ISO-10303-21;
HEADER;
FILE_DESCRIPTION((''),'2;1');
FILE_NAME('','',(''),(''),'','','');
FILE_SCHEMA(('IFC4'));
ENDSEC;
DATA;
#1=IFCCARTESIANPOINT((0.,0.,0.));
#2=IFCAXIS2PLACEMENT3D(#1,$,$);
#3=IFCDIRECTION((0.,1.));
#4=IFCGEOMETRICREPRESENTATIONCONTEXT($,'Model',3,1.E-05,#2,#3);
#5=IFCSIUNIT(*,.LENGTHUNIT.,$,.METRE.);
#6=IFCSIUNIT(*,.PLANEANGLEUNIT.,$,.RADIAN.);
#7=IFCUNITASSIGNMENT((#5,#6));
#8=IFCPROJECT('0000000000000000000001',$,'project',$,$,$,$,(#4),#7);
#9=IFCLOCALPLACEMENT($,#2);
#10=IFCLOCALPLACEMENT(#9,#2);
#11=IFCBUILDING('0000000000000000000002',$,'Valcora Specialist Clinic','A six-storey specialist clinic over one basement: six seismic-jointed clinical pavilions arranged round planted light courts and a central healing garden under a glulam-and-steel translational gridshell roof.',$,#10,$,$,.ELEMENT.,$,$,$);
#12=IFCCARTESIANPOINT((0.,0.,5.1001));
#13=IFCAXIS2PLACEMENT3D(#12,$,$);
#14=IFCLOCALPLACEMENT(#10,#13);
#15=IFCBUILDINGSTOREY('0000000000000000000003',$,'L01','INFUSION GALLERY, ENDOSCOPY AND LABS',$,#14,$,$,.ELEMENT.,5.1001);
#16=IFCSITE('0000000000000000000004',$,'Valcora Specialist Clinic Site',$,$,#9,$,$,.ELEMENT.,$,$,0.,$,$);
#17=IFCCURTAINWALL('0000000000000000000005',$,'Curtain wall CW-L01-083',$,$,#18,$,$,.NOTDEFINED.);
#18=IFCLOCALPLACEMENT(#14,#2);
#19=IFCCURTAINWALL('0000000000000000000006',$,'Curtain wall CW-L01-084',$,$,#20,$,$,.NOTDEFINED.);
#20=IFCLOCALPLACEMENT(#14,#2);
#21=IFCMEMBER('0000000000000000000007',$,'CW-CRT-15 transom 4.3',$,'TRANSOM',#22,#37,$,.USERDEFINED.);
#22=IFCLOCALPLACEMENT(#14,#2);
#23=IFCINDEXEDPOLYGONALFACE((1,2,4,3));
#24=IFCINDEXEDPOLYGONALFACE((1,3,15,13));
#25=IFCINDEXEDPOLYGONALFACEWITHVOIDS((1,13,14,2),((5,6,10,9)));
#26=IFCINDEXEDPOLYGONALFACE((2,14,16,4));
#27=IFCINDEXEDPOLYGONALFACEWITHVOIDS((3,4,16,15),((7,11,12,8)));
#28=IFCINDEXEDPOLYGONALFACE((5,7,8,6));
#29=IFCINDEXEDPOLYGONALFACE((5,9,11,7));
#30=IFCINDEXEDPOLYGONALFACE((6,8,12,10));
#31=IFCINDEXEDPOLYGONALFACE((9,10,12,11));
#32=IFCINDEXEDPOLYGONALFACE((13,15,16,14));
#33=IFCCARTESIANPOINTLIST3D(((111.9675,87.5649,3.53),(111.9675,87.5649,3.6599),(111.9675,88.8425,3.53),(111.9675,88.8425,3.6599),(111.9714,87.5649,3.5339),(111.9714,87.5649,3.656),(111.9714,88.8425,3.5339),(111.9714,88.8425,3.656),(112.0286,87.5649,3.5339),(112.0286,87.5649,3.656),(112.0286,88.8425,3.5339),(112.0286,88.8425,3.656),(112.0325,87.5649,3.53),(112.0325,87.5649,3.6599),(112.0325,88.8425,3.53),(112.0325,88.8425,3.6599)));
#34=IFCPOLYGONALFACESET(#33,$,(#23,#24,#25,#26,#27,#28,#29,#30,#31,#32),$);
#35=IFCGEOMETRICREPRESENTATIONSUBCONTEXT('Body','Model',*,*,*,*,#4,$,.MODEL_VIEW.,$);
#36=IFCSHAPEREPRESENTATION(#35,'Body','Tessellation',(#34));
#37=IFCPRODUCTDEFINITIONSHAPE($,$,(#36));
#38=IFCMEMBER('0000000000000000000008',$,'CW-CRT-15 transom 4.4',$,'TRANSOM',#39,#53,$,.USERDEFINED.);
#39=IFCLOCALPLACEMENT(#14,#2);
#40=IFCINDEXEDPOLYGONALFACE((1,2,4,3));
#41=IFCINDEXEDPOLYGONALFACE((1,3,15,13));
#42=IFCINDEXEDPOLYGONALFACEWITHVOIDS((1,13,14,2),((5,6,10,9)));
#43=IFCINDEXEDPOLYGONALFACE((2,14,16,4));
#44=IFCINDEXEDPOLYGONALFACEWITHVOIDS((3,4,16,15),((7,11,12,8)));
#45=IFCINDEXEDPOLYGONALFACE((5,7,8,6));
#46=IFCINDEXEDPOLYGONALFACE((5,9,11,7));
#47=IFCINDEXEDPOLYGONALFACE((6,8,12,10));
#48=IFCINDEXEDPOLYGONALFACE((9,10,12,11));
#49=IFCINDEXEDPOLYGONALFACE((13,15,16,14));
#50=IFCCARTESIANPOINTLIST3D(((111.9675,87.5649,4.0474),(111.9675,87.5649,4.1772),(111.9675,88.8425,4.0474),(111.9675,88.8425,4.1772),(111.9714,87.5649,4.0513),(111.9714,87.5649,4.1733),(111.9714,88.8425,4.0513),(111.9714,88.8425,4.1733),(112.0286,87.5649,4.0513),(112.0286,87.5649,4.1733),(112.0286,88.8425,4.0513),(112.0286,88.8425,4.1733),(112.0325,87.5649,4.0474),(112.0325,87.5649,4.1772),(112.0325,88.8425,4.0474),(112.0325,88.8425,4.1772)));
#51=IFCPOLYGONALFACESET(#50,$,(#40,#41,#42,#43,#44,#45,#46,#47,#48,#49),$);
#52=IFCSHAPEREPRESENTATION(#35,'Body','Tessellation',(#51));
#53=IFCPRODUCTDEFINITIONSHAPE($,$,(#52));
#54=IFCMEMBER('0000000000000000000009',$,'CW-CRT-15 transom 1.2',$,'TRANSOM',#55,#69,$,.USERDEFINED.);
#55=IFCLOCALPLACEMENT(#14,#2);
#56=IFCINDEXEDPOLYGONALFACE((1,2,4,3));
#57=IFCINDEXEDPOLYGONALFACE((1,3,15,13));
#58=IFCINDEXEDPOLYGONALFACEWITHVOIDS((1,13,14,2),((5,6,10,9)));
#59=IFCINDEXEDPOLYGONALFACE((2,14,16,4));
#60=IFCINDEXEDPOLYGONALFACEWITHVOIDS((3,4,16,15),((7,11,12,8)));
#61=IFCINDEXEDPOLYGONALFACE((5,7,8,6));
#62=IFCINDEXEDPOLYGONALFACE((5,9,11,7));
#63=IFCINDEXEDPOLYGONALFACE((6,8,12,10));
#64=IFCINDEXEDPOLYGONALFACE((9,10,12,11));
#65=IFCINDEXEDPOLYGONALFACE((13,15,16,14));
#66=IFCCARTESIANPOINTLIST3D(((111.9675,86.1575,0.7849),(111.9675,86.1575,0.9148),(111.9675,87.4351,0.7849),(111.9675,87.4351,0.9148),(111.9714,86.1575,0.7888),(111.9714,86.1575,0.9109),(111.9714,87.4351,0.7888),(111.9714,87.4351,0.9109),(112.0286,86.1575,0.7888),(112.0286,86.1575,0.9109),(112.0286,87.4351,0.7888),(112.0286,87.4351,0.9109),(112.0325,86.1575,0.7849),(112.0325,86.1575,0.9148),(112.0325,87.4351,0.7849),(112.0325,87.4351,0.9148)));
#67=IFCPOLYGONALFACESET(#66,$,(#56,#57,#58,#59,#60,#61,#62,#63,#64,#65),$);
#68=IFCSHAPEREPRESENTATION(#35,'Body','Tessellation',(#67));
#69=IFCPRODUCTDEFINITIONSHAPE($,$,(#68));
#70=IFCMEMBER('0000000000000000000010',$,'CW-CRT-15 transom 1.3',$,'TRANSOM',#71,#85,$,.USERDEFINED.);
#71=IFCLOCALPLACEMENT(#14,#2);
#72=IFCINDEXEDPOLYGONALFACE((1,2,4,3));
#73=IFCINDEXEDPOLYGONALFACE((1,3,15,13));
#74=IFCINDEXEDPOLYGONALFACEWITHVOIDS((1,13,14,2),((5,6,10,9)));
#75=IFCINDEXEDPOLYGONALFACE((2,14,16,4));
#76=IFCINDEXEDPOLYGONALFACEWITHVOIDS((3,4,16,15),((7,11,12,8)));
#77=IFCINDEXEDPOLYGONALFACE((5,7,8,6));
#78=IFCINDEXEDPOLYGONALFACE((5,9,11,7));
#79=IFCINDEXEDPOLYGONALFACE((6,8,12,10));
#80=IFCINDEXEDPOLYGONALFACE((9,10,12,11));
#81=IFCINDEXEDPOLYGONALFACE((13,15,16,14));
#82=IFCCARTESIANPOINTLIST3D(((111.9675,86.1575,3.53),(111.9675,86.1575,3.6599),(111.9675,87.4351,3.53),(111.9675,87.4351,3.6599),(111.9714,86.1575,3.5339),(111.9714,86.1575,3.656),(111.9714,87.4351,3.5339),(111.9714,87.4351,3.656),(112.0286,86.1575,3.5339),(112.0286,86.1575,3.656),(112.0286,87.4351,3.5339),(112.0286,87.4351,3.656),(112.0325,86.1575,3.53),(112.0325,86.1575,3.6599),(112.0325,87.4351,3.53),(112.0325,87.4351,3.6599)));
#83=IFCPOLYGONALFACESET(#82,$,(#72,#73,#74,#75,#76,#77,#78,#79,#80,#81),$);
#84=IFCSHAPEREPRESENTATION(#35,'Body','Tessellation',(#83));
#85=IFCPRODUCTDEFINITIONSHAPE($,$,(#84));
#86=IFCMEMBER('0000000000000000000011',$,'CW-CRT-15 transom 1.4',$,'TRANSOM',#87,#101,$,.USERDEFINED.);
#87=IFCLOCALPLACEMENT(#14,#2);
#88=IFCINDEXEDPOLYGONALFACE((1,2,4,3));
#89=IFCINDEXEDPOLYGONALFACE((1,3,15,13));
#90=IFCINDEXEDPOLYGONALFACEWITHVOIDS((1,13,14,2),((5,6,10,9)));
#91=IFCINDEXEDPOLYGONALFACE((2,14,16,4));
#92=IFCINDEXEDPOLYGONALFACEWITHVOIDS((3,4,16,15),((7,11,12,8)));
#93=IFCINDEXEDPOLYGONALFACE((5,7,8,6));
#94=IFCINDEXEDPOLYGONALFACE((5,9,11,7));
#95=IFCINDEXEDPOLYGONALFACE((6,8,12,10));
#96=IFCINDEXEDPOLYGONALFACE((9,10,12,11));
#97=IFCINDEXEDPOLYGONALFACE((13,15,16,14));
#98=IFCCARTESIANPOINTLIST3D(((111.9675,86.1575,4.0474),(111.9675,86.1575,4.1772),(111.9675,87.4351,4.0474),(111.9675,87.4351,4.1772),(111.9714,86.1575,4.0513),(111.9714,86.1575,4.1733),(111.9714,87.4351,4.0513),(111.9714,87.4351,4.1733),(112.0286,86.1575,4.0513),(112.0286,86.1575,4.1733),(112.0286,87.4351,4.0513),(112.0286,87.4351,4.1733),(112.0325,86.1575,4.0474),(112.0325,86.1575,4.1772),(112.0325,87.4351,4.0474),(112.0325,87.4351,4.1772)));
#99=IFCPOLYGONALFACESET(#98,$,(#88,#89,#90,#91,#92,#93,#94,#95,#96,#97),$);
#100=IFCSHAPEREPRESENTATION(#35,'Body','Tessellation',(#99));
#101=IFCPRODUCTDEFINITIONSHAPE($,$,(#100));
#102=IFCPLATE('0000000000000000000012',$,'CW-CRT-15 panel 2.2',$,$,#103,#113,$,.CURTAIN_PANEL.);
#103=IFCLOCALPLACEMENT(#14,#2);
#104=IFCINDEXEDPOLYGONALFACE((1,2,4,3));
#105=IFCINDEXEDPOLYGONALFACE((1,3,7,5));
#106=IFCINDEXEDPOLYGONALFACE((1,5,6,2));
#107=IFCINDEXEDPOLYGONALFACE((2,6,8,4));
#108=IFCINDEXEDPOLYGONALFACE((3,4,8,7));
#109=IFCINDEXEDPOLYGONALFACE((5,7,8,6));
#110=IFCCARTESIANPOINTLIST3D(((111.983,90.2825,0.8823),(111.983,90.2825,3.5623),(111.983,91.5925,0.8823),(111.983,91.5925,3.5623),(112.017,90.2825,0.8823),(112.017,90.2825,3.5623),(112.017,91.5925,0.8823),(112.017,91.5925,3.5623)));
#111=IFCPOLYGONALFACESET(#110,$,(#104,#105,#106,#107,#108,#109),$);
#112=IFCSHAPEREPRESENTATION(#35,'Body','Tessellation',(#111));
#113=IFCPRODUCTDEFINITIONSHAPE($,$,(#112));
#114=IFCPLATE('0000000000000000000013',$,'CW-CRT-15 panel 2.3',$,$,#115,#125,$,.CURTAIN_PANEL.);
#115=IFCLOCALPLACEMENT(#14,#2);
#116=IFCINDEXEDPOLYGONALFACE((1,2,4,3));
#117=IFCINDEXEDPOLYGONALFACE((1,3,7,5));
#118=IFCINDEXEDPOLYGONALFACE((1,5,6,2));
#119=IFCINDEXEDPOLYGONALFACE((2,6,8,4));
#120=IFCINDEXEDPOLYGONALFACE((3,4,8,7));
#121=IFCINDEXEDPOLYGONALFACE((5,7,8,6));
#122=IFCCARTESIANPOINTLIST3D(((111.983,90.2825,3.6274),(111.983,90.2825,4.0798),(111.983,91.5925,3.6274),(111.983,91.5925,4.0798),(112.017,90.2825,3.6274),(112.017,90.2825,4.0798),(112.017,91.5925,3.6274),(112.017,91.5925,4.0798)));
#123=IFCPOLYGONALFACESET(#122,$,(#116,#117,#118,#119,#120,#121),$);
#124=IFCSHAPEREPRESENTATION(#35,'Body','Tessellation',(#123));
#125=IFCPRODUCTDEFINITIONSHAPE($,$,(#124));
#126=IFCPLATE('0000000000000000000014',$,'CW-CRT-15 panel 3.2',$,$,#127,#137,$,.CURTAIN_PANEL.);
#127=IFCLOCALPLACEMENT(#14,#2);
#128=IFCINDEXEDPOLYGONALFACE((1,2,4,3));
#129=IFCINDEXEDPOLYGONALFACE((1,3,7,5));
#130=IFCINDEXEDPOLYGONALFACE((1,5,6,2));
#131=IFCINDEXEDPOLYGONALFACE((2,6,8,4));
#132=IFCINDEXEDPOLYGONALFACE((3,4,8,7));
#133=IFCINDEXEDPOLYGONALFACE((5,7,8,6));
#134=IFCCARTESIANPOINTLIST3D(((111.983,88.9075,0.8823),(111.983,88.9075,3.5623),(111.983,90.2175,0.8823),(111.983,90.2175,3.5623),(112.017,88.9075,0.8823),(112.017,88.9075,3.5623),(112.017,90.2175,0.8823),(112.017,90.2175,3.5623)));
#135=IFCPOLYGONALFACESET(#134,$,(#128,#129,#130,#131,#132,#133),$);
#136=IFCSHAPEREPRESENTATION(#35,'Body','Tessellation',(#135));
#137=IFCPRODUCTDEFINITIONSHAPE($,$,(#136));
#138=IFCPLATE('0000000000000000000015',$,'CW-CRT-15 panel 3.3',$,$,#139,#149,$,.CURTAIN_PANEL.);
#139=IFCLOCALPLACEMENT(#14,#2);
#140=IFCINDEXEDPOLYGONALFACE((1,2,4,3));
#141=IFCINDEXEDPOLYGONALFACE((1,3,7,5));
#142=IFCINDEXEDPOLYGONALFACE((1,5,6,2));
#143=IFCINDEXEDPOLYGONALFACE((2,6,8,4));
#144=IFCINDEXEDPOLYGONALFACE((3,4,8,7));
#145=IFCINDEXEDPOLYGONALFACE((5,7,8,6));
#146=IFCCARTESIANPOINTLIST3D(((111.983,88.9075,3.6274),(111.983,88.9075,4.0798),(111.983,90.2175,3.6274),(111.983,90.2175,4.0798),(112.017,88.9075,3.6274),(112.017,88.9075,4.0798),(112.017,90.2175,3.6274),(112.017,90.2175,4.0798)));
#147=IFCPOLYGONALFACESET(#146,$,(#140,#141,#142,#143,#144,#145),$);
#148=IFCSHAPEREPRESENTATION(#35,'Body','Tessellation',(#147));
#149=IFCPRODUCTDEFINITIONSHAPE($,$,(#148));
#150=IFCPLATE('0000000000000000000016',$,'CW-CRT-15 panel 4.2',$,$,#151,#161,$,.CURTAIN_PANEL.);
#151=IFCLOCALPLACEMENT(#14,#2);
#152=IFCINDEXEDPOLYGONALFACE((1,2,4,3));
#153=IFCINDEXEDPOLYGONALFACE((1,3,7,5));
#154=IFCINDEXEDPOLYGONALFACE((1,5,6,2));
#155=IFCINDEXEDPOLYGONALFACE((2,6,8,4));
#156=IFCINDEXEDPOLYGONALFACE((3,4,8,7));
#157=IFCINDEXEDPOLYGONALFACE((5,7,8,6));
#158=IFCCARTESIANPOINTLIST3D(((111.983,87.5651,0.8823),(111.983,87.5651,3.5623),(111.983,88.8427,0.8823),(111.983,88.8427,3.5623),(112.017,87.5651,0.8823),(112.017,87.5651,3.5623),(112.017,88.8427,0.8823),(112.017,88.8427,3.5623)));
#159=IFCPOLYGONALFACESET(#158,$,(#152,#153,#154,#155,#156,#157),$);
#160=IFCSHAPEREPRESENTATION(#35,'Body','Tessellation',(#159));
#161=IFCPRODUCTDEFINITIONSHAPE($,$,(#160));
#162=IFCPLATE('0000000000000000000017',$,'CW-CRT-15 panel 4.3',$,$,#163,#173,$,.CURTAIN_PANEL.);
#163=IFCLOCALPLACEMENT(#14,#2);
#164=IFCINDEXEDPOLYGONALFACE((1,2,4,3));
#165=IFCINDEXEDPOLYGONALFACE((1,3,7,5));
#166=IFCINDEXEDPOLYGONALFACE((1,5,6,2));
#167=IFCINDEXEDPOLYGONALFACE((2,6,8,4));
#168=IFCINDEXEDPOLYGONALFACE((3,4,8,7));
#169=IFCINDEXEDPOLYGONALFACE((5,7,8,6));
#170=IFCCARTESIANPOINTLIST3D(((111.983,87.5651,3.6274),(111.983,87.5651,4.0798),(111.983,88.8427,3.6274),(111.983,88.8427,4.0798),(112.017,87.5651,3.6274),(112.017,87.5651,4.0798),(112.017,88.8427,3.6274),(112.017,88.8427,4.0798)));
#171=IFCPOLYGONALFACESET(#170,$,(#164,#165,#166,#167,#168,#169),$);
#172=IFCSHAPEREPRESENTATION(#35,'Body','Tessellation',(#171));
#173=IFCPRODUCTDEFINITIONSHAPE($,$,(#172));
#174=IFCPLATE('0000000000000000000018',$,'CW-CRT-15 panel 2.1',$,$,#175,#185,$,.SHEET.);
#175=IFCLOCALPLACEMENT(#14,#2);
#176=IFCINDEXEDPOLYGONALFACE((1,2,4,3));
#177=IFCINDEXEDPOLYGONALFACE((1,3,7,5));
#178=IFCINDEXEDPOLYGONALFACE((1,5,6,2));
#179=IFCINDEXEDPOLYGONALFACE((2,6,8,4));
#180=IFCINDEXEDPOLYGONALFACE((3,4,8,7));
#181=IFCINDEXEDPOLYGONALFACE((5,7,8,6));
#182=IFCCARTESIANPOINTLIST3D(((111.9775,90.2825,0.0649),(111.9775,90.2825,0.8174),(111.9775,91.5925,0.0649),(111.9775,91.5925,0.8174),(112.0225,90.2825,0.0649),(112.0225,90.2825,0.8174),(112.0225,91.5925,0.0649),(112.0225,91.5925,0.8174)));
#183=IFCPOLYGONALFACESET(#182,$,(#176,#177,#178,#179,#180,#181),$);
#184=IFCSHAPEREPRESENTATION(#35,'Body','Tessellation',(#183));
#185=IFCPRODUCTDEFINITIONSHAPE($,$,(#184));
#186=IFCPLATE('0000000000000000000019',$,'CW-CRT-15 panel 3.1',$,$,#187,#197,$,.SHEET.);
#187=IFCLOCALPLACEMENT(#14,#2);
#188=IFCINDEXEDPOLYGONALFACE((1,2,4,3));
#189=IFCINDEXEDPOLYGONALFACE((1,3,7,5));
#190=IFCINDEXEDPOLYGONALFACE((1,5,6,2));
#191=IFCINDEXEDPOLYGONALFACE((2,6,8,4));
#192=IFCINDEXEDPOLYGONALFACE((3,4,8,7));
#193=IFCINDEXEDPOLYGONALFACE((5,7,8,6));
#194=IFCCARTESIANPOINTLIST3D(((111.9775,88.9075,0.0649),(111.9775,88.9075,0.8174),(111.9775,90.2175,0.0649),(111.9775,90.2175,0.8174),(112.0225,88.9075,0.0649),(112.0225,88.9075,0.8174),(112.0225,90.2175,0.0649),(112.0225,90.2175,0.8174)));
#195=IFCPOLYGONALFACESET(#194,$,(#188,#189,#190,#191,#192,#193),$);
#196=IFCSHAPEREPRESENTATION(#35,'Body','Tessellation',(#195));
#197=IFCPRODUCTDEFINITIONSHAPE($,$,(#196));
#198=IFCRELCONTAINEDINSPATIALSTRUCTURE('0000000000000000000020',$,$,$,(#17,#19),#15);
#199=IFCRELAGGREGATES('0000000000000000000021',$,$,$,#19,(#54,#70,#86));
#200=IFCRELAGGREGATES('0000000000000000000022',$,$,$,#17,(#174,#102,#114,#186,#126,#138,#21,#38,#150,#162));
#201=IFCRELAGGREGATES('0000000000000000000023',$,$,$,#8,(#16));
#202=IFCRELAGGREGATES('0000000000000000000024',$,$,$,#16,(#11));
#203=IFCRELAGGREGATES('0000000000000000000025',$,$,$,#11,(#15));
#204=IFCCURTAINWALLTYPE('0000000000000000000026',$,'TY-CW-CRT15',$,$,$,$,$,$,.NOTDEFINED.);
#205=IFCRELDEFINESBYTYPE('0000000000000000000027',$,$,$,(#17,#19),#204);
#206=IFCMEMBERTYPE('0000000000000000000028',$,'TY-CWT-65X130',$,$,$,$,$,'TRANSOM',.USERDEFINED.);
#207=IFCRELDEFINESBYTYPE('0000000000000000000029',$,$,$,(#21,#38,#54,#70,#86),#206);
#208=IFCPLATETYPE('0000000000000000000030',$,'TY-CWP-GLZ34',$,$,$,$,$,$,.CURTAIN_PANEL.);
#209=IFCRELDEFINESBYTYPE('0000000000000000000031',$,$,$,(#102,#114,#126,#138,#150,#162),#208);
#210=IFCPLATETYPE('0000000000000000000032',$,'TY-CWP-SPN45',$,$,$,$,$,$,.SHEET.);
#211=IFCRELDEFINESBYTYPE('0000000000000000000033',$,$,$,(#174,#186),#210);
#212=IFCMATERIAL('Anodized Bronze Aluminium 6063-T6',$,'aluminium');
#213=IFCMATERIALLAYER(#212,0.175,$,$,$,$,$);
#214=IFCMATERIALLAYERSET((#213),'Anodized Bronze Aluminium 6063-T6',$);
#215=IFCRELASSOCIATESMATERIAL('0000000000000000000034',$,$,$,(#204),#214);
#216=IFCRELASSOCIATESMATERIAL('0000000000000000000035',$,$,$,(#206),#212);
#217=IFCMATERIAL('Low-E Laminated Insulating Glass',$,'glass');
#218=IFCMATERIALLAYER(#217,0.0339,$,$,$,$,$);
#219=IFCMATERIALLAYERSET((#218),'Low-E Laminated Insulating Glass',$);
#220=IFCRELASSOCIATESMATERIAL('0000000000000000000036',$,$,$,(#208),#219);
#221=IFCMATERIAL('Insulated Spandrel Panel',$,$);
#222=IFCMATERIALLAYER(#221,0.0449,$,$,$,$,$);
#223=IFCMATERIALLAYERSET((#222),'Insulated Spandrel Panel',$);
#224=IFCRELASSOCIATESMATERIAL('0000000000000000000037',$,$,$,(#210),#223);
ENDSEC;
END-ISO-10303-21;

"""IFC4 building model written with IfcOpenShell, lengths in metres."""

from ifc_helpers import new_model, si_unit, direction, frame, origin, origin_2d, place, context, subcontext, project, spatial, rectangle, hollow_rectangle, extrude, material, layer, layer_set, material_profile, profile_set, type_object, element, aggregate, save


model = new_model("IFC4")

# Units and contexts
model_context = context("Model", 3, precision=1e-05, world=origin(), true_north=direction((0.0, 1.0)))
body_context = subcontext(model_context, "Body", "Model", "MODEL_VIEW")
ifc_project = project(units=[si_unit("LENGTHUNIT", "METRE"), si_unit("PLANEANGLEUNIT", "RADIAN")], contexts=[model_context])

# Site, building, storey
site_placement = place(None, origin())
site = spatial("IfcSite", under=ifc_project, at=site_placement, Name="Valcora Specialist Clinic Site", CompositionType="ELEMENT", RefElevation=0.0)
building_placement = place(site_placement, origin())
building = spatial("IfcBuilding", under=site, at=building_placement, Name="Valcora Specialist Clinic", Description="A six-storey specialist clinic over one basement: six seismic-jointed clinical pavilions arranged round planted light courts and a central healing garden under a glulam-and-steel translational gridshell roof.", CompositionType="ELEMENT")
storey_placement = place(building_placement, frame((0.0, 0.0, 5.1001)))
storey = spatial("IfcBuildingStorey", under=building, at=storey_placement, Name="L01", Description="INFUSION GALLERY, ENDOSCOPY AND LABS", CompositionType="ELEMENT", Elevation=5.1001)

# Curtain wall
ifc_material_1 = material(Name="Anodized Bronze Aluminium 6063-T6", Category="aluminium")
ifc_layer_1 = layer(ifc_material_1, 0.175)
ifc_layer_set_1 = layer_set([ifc_layer_1], Name="Anodized Bronze Aluminium 6063-T6")
curtain_wall_type = type_object("IfcCurtainWallType", Name="TY-CW-CRT15", PredefinedType="NOTDEFINED", material=ifc_layer_set_1)
curtain_wall_1_placement = place(storey_placement, origin())
curtain_wall_1 = element("IfcCurtainWall", 1, at=curtain_wall_1_placement, inside=storey, type_object=curtain_wall_type, Name="Curtain wall CW-L01-083", PredefinedType="NOTDEFINED")

# Curtain wall
curtain_wall_2_placement = place(storey_placement, origin())
curtain_wall_2 = element("IfcCurtainWall", 2, at=curtain_wall_2_placement, inside=storey, type_object=curtain_wall_type, Name="Curtain wall CW-L01-084", PredefinedType="NOTDEFINED")

# Members
ifc_material_profile_1 = material_profile(ifc_material_1, hollow_rectangle(XDim=0.0649, YDim=0.1299, WallThickness=0.0039, at=origin_2d()), Name="AL-TRN-65X130")
ifc_profile_set_1 = profile_set([ifc_material_profile_1], Name="Anodized Bronze Aluminium 6063-T6")
member_type_1 = type_object("IfcMemberType", Name="TY-CWT-65X130", ElementType="TRANSOM", PredefinedType="USERDEFINED", material=ifc_profile_set_1)
member_1_placement = place(storey_placement, frame((112.0, 88.8425, 3.595), z_axis=(0.0, -1.0, 0.0), x_axis=(1.0, 0.0, 0.0)))
member_1 = element("IfcMember", 3, at=member_1_placement, type_object=member_type_1, Name="CW-CRT-15 transom 4.3", ObjectType="TRANSOM", PredefinedType="USERDEFINED", context=body_context, shape_type="SweptSolid", body=[
    extrude(hollow_rectangle(XDim=0.0649, YDim=0.1299, WallThickness=0.0039, at=origin_2d()), origin(), (0.0, 0.0, 1.0), 1.2776),
])
member_2_placement = place(storey_placement, frame((112.0, 88.8425, 4.1123), z_axis=(0.0, -1.0, 0.0), x_axis=(1.0, 0.0, 0.0)))
member_2 = element("IfcMember", 4, at=member_2_placement, type_object=member_type_1, Name="CW-CRT-15 transom 4.4", ObjectType="TRANSOM", PredefinedType="USERDEFINED", context=body_context, shape_type="SweptSolid", body=[
    extrude(hollow_rectangle(XDim=0.0649, YDim=0.1299, WallThickness=0.0039, at=origin_2d()), origin(), (0.0, 0.0, 1.0), 1.2776),
])
member_3_placement = place(storey_placement, frame((112.0, 87.4351, 0.8499), z_axis=(0.0, -1.0, 0.0), x_axis=(1.0, 0.0, 0.0)))
member_3 = element("IfcMember", 5, at=member_3_placement, type_object=member_type_1, Name="CW-CRT-15 transom 1.2", ObjectType="TRANSOM", PredefinedType="USERDEFINED", context=body_context, shape_type="SweptSolid", body=[
    extrude(hollow_rectangle(XDim=0.0649, YDim=0.1299, WallThickness=0.0039, at=origin_2d()), origin(), (0.0, 0.0, 1.0), 1.2776),
])
member_4_placement = place(storey_placement, frame((112.0, 87.4351, 3.595), z_axis=(0.0, -1.0, 0.0), x_axis=(1.0, 0.0, 0.0)))
member_4 = element("IfcMember", 6, at=member_4_placement, type_object=member_type_1, Name="CW-CRT-15 transom 1.3", ObjectType="TRANSOM", PredefinedType="USERDEFINED", context=body_context, shape_type="SweptSolid", body=[
    extrude(hollow_rectangle(XDim=0.0649, YDim=0.1299, WallThickness=0.0039, at=origin_2d()), origin(), (0.0, 0.0, 1.0), 1.2776),
])
member_5_placement = place(storey_placement, frame((112.0, 87.4351, 4.1123), z_axis=(0.0, -1.0, 0.0), x_axis=(1.0, 0.0, 0.0)))
member_5 = element("IfcMember", 7, at=member_5_placement, type_object=member_type_1, Name="CW-CRT-15 transom 1.4", ObjectType="TRANSOM", PredefinedType="USERDEFINED", context=body_context, shape_type="SweptSolid", body=[
    extrude(hollow_rectangle(XDim=0.0649, YDim=0.1299, WallThickness=0.0039, at=origin_2d()), origin(), (0.0, 0.0, 1.0), 1.2776),
])
aggregate(curtain_wall_2, [member_3, member_4, member_5])

# Plates
ifc_material_2 = material(Name="Low-E Laminated Insulating Glass", Category="glass")
ifc_layer_2 = layer(ifc_material_2, 0.0339)
ifc_layer_set_2 = layer_set([ifc_layer_2], Name="Low-E Laminated Insulating Glass")
plate_type_1 = type_object("IfcPlateType", Name="TY-CWP-GLZ34", PredefinedType="CURTAIN_PANEL", material=ifc_layer_set_2)
plate_1_placement = place(storey_placement, frame((112.0, 90.9375, 0.8823), z_axis=(0.0, 0.0, 1.0), x_axis=(0.0, -1.0, 0.0)))
plate_1 = element("IfcPlate", 8, at=plate_1_placement, type_object=plate_type_1, Name="CW-CRT-15 panel 2.2", PredefinedType="CURTAIN_PANEL", context=body_context, shape_type="SweptSolid", body=[
    extrude(rectangle(XDim=1.3101, YDim=0.0339, at=origin_2d()), origin(), (0.0, 0.0, 1.0), 2.6799),
])
plate_2_placement = place(storey_placement, frame((112.0, 90.9375, 3.6274), z_axis=(0.0, 0.0, 1.0), x_axis=(0.0, -1.0, 0.0)))
plate_2 = element("IfcPlate", 9, at=plate_2_placement, type_object=plate_type_1, Name="CW-CRT-15 panel 2.3", PredefinedType="CURTAIN_PANEL", context=body_context, shape_type="SweptSolid", body=[
    extrude(rectangle(XDim=1.3101, YDim=0.0339, at=origin_2d()), origin(), (0.0, 0.0, 1.0), 0.4524),
])
plate_3_placement = place(storey_placement, frame((112.0, 89.5625, 0.8823), z_axis=(0.0, 0.0, 1.0), x_axis=(0.0, -1.0, 0.0)))
plate_3 = element("IfcPlate", 10, at=plate_3_placement, type_object=plate_type_1, Name="CW-CRT-15 panel 3.2", PredefinedType="CURTAIN_PANEL", context=body_context, shape_type="SweptSolid", body=[
    extrude(rectangle(XDim=1.3101, YDim=0.0339, at=origin_2d()), origin(), (0.0, 0.0, 1.0), 2.6799),
])
plate_4_placement = place(storey_placement, frame((112.0, 89.5625, 3.6274), z_axis=(0.0, 0.0, 1.0), x_axis=(0.0, -1.0, 0.0)))
plate_4 = element("IfcPlate", 11, at=plate_4_placement, type_object=plate_type_1, Name="CW-CRT-15 panel 3.3", PredefinedType="CURTAIN_PANEL", context=body_context, shape_type="SweptSolid", body=[
    extrude(rectangle(XDim=1.3101, YDim=0.0339, at=origin_2d()), origin(), (0.0, 0.0, 1.0), 0.4524),
])
plate_5_placement = place(storey_placement, frame((112.0, 88.2039, 0.8823), z_axis=(0.0, 0.0, 1.0), x_axis=(0.0, -1.0, 0.0)))
plate_5 = element("IfcPlate", 12, at=plate_5_placement, type_object=plate_type_1, Name="CW-CRT-15 panel 4.2", PredefinedType="CURTAIN_PANEL", context=body_context, shape_type="SweptSolid", body=[
    extrude(rectangle(XDim=1.2776, YDim=0.0339, at=origin_2d()), origin(), (0.0, 0.0, 1.0), 2.6799),
])
plate_6_placement = place(storey_placement, frame((112.0, 88.2039, 3.6274), z_axis=(0.0, 0.0, 1.0), x_axis=(0.0, -1.0, 0.0)))
plate_6 = element("IfcPlate", 13, at=plate_6_placement, type_object=plate_type_1, Name="CW-CRT-15 panel 4.3", PredefinedType="CURTAIN_PANEL", context=body_context, shape_type="SweptSolid", body=[
    extrude(rectangle(XDim=1.2776, YDim=0.0339, at=origin_2d()), origin(), (0.0, 0.0, 1.0), 0.4524),
])
ifc_material_3 = material(Name="Insulated Spandrel Panel")
ifc_layer_3 = layer(ifc_material_3, 0.0449)
ifc_layer_set_3 = layer_set([ifc_layer_3], Name="Insulated Spandrel Panel")
plate_type_2 = type_object("IfcPlateType", Name="TY-CWP-SPN45", PredefinedType="SHEET", material=ifc_layer_set_3)
plate_7_placement = place(storey_placement, frame((112.0, 90.9375, 0.0649), z_axis=(0.0, 0.0, 1.0), x_axis=(0.0, -1.0, 0.0)))
plate_7 = element("IfcPlate", 14, at=plate_7_placement, type_object=plate_type_2, Name="CW-CRT-15 panel 2.1", PredefinedType="SHEET", context=body_context, shape_type="SweptSolid", body=[
    extrude(rectangle(XDim=1.3101, YDim=0.0449, at=origin_2d()), origin(), (0.0, 0.0, 1.0), 0.7524),
])
plate_8_placement = place(storey_placement, frame((112.0, 89.5625, 0.0649), z_axis=(0.0, 0.0, 1.0), x_axis=(0.0, -1.0, 0.0)))
plate_8 = element("IfcPlate", 15, at=plate_8_placement, type_object=plate_type_2, Name="CW-CRT-15 panel 3.1", PredefinedType="SHEET", context=body_context, shape_type="SweptSolid", body=[
    extrude(rectangle(XDim=1.3101, YDim=0.0449, at=origin_2d()), origin(), (0.0, 0.0, 1.0), 0.7524),
])
aggregate(curtain_wall_1, [plate_7, plate_1, plate_2, plate_8, plate_3, plate_4, member_1, member_2, plate_5, plate_6])

save(model, "model.ifc")
